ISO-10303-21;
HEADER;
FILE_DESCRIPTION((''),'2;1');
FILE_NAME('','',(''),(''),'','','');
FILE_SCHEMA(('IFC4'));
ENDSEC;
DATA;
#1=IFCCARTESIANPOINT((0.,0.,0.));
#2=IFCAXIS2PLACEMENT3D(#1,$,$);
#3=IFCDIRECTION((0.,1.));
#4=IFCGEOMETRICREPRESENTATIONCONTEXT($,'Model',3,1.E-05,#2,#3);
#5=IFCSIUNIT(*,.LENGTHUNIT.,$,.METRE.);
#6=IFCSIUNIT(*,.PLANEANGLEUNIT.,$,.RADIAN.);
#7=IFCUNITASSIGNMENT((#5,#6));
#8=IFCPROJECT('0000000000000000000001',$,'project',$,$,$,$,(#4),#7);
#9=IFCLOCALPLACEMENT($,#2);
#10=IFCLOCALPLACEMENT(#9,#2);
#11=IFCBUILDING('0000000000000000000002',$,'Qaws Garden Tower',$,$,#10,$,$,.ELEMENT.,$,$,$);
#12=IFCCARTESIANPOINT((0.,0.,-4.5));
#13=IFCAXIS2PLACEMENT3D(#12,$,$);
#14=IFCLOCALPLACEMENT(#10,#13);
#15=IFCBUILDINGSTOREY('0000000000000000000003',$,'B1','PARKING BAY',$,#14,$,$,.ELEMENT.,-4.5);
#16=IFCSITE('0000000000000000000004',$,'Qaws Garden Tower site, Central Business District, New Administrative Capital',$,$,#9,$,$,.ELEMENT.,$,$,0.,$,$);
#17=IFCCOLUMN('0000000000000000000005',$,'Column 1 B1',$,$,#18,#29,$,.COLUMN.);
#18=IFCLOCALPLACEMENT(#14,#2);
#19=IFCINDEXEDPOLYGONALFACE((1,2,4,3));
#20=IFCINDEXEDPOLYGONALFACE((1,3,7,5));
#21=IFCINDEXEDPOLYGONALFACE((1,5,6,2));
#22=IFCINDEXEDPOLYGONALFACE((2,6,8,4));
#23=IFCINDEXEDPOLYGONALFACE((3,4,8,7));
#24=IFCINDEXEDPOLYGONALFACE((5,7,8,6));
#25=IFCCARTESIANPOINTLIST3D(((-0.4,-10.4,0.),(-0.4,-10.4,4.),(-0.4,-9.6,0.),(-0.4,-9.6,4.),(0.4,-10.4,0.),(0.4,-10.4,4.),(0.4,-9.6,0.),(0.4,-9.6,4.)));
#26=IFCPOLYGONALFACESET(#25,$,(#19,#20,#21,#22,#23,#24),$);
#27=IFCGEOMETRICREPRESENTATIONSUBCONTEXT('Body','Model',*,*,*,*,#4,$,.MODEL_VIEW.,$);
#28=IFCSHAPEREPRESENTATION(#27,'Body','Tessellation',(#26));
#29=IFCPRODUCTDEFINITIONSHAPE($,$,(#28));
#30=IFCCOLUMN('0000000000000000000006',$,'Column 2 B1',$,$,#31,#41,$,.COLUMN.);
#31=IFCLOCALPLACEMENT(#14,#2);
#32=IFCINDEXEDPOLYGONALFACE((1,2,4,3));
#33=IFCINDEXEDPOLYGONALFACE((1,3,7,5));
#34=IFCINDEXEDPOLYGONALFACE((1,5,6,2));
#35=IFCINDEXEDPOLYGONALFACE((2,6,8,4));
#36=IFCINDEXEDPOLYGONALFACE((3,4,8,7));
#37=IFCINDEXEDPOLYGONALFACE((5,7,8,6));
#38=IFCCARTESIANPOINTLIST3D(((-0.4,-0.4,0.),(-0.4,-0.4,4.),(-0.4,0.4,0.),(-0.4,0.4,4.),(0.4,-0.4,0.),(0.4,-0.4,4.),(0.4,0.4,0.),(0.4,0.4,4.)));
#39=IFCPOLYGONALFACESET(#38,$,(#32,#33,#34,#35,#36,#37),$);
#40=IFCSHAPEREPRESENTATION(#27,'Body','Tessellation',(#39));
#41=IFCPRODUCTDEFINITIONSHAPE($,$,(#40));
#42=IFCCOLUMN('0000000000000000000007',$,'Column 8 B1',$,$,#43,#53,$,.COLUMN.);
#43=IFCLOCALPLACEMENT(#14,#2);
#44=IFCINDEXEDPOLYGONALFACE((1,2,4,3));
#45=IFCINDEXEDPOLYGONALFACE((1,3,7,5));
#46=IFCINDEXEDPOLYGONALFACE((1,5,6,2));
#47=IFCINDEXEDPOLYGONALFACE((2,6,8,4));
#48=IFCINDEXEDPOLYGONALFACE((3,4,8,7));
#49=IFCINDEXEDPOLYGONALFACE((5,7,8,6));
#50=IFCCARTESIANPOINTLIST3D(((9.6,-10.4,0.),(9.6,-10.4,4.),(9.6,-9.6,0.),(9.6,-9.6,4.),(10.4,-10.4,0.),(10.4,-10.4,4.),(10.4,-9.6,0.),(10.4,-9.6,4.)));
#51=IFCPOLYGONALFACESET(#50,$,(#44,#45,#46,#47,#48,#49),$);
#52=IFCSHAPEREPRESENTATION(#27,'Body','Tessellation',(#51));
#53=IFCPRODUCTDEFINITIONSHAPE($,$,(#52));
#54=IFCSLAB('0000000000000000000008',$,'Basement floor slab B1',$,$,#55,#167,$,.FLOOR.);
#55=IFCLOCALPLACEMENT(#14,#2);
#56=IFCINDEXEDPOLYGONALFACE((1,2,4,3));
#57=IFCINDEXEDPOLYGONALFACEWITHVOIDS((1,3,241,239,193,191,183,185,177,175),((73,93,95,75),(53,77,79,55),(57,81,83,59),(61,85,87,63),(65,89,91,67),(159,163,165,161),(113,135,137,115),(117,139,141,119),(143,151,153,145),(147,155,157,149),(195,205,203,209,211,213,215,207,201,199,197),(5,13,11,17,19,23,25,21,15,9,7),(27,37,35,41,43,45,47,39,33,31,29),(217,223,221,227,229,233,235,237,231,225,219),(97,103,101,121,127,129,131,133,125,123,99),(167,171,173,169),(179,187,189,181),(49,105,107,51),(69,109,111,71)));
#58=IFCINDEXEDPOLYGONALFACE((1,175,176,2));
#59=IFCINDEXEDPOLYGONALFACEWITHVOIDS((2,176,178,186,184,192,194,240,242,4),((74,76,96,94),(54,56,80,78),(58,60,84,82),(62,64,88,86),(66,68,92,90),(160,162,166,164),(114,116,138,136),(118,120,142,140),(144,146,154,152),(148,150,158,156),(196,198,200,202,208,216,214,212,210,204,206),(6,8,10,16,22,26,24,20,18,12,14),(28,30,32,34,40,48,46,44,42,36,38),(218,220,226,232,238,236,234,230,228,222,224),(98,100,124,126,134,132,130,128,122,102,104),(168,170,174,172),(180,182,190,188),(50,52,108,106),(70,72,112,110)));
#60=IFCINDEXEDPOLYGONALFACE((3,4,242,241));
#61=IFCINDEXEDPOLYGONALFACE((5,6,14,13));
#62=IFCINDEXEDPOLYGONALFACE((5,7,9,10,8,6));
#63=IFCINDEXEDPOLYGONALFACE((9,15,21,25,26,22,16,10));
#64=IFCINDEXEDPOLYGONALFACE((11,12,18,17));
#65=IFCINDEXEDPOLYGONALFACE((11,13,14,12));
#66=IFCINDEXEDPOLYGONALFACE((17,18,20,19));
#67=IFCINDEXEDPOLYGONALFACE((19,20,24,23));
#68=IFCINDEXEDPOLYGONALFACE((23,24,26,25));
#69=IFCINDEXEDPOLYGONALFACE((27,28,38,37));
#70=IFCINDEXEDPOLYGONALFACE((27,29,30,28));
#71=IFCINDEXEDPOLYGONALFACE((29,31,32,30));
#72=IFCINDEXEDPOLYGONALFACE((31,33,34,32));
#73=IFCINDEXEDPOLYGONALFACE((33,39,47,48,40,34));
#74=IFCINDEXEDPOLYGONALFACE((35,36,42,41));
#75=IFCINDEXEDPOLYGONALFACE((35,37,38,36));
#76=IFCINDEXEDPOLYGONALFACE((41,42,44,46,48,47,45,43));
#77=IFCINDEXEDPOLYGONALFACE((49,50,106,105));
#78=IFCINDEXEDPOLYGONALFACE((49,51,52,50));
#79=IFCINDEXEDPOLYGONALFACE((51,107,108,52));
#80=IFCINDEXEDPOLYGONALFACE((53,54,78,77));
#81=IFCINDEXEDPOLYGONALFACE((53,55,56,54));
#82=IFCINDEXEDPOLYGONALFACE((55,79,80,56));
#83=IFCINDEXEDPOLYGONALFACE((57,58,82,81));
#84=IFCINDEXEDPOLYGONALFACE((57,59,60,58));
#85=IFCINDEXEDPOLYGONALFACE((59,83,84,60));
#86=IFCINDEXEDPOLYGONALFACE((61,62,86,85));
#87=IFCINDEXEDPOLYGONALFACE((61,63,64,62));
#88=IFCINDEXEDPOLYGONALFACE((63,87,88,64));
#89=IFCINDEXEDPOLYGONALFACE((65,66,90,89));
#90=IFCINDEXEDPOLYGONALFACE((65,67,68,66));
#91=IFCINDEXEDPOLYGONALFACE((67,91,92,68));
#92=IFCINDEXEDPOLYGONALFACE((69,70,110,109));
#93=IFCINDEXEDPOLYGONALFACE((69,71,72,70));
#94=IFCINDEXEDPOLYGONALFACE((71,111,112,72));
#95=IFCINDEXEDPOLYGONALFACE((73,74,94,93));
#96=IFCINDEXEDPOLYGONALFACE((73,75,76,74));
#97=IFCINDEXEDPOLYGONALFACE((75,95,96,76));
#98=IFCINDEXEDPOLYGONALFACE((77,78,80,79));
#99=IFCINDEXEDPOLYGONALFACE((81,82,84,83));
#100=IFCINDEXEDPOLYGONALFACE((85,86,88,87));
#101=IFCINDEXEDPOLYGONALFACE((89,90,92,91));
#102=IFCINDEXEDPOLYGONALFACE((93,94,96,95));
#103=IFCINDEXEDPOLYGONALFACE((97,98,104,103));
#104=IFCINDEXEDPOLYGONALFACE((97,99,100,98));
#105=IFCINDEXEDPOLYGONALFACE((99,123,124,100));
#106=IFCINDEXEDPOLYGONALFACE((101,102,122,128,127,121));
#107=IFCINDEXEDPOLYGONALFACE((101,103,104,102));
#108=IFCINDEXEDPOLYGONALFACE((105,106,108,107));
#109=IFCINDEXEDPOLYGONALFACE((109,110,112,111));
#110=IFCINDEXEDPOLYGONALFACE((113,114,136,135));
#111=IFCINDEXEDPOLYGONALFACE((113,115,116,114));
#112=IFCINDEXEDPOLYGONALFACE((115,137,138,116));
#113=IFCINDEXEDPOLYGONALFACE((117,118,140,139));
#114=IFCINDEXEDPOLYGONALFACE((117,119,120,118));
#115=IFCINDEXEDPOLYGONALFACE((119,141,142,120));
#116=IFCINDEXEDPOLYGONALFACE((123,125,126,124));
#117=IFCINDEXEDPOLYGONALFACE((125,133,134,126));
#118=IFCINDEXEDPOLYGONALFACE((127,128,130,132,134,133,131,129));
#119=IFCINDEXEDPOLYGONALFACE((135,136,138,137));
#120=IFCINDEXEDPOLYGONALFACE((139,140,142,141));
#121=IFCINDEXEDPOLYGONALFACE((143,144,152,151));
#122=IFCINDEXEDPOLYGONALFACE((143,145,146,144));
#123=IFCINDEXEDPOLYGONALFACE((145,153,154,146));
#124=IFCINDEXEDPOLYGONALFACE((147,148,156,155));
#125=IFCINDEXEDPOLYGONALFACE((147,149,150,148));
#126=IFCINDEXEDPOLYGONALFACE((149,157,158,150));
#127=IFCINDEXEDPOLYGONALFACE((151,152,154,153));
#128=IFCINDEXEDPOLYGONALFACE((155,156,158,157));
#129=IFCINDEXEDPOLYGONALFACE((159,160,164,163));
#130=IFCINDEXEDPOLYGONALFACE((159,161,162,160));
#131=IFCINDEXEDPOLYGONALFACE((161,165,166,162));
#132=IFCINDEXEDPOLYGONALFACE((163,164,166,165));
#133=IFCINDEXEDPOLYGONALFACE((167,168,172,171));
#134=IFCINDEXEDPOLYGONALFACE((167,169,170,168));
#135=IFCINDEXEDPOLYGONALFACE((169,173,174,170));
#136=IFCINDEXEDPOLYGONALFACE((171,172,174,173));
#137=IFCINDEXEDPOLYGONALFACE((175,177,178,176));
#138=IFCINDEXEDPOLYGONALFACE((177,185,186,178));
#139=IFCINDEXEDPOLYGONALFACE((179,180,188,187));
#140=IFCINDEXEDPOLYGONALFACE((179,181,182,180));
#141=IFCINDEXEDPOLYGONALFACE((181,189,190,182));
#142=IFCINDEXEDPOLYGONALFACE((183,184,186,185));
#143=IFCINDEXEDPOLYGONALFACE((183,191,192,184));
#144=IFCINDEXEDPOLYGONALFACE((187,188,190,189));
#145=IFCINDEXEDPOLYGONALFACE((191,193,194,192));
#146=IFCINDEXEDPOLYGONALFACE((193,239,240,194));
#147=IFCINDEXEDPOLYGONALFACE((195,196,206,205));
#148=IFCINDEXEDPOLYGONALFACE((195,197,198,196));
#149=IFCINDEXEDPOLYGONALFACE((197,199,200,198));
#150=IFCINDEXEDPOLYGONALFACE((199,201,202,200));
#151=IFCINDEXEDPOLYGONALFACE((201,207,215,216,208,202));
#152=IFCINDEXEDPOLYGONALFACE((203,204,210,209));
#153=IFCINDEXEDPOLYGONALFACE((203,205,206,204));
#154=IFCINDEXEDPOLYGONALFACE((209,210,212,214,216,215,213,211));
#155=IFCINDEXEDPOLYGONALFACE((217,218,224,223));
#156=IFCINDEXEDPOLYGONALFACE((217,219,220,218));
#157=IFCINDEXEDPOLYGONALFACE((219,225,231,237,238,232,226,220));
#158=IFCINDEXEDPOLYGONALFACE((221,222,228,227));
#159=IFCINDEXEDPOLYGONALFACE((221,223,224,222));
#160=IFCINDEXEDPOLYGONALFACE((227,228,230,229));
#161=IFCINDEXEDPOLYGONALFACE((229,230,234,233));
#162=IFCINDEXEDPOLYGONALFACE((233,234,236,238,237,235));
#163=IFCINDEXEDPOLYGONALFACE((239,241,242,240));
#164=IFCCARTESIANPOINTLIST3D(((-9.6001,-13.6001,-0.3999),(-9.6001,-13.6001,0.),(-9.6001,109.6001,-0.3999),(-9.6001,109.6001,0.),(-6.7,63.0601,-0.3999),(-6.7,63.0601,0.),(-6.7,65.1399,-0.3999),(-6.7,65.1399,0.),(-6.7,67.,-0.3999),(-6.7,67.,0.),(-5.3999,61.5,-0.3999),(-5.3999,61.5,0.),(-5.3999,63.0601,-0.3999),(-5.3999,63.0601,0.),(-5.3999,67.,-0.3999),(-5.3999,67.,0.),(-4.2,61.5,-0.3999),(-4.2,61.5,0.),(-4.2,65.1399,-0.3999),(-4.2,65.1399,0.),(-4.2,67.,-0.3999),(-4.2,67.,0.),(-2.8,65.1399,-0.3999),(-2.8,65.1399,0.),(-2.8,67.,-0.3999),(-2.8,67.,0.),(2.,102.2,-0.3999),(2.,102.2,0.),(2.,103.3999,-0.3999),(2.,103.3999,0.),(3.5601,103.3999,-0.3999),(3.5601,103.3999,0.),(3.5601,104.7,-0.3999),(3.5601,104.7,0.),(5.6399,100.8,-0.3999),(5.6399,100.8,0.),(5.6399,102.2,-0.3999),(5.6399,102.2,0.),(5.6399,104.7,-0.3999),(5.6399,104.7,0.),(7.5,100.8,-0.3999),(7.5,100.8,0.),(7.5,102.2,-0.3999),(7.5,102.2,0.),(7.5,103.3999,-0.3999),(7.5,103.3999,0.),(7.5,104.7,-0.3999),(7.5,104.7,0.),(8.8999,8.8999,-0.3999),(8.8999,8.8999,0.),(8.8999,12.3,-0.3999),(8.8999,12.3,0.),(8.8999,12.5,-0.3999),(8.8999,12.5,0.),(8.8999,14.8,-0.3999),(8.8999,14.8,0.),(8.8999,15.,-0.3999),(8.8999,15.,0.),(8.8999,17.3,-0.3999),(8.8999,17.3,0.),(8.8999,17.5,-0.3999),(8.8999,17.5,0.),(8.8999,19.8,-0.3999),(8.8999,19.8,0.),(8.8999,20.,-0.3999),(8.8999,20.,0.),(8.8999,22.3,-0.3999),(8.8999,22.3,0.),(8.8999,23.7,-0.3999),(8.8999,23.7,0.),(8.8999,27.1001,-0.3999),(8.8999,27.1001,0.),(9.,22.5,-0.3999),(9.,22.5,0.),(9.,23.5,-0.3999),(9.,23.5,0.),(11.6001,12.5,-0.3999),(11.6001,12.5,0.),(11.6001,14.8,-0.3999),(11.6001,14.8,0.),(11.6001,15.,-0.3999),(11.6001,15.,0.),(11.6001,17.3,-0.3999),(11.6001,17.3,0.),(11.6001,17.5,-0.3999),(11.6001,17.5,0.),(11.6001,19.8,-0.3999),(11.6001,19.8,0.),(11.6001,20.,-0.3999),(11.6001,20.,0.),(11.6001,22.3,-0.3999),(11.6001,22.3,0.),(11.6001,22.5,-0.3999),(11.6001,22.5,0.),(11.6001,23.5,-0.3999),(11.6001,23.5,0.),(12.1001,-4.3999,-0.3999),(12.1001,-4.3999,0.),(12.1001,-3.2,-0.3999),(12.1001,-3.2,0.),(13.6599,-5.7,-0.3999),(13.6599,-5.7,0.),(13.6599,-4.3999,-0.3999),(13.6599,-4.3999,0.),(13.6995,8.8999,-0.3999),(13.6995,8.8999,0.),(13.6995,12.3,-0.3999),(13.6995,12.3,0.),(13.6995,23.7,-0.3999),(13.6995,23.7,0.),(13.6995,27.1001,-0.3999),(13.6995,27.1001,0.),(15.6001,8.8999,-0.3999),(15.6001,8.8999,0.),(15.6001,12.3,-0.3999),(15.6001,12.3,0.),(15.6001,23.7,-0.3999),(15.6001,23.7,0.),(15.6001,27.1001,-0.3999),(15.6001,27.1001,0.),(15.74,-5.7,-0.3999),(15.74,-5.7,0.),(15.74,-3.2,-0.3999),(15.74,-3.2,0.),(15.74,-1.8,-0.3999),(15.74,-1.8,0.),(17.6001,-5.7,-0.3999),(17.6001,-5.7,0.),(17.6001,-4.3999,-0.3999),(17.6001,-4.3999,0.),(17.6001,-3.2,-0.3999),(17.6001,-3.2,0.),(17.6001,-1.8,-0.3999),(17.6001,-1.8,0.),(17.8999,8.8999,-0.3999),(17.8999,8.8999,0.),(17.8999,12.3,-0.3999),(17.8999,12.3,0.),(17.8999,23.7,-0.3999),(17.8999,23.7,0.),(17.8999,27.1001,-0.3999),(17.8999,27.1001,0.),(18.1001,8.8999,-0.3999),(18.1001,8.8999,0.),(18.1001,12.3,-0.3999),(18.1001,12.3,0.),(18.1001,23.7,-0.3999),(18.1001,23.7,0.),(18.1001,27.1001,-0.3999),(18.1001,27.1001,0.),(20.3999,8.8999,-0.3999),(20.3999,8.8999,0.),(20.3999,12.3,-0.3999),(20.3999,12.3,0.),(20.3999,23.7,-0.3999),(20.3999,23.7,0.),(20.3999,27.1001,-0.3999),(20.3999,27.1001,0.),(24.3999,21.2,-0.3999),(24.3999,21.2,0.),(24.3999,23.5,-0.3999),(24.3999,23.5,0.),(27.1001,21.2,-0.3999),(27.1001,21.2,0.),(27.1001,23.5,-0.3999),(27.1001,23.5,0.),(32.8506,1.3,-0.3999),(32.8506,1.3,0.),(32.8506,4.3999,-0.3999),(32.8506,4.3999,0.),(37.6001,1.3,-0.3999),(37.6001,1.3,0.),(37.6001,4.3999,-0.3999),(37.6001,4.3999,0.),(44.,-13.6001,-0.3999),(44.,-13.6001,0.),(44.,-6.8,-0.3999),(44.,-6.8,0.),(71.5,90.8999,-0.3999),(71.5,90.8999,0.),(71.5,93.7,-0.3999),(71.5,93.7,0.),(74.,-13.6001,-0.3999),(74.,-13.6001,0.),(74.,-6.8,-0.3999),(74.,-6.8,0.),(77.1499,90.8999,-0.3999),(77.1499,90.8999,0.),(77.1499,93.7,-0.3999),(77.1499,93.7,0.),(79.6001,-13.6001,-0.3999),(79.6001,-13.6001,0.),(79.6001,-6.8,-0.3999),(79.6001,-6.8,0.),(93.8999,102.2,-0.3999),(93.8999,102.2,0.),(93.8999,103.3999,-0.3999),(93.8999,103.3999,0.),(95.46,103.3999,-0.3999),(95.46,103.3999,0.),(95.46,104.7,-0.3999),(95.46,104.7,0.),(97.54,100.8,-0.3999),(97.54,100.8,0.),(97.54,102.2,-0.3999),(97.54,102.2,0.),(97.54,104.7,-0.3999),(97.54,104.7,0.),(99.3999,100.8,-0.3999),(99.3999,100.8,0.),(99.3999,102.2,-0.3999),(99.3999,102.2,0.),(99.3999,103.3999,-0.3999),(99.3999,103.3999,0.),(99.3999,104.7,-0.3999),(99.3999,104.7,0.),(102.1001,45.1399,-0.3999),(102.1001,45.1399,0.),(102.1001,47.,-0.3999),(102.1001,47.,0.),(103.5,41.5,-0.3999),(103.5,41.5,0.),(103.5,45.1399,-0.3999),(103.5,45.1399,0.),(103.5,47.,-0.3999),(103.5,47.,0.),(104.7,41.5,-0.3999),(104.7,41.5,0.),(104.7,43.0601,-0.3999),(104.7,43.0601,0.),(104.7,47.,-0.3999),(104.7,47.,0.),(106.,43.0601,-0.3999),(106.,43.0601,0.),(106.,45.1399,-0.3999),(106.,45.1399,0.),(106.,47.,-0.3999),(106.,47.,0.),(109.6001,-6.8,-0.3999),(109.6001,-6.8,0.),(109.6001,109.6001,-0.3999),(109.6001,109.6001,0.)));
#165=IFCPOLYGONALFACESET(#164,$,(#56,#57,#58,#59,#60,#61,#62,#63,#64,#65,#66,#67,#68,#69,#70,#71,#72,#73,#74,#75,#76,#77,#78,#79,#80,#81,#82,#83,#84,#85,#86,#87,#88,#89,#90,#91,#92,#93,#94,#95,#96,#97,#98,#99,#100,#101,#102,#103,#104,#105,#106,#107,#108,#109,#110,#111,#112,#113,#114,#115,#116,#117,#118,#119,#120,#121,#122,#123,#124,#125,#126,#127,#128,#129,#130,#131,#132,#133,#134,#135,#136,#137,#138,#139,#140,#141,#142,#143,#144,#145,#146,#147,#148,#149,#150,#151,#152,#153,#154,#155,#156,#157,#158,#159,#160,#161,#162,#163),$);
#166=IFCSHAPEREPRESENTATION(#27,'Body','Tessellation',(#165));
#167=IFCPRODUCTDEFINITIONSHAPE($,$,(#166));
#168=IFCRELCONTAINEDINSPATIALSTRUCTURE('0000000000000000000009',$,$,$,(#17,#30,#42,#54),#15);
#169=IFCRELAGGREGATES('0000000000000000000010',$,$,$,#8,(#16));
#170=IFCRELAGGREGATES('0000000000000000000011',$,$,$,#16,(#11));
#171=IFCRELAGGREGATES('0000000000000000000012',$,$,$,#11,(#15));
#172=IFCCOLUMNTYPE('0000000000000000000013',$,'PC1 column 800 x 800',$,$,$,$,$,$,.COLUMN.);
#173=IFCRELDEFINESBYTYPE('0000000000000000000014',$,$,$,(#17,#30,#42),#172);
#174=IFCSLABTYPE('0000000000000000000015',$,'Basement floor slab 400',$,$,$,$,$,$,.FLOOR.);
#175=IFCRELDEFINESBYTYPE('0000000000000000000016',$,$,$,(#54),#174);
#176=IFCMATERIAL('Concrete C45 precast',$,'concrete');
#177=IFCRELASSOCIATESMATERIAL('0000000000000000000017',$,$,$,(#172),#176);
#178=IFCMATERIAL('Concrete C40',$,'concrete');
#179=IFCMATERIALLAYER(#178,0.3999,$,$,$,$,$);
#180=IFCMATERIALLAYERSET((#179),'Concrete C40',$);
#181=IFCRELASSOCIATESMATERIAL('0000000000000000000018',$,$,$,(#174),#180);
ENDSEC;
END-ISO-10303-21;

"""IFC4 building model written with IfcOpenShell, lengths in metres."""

from ifc_helpers import new_model, si_unit, direction, frame, origin, origin_2d, place, context, subcontext, project, spatial, polyline, rectangle, outline, extrude, material, layer, layer_set, material_profile, profile_set, type_object, element, save


model = new_model("IFC4")

# Units and contexts
model_context = context("Model", 3, precision=1e-05, world=origin(), true_north=direction((0.0, 1.0)))
body_context = subcontext(model_context, "Body", "Model", "MODEL_VIEW")
ifc_project = project(units=[si_unit("LENGTHUNIT", "METRE"), si_unit("PLANEANGLEUNIT", "RADIAN")], contexts=[model_context])

# Site, building, storey
site_placement = place(None, origin())
site = spatial("IfcSite", under=ifc_project, at=site_placement, Name="Qaws Garden Tower site, Central Business District, New Administrative Capital", CompositionType="ELEMENT", RefElevation=0.0)
building_placement = place(site_placement, origin())
building = spatial("IfcBuilding", under=site, at=building_placement, Name="Qaws Garden Tower", CompositionType="ELEMENT")
storey_placement = place(building_placement, frame((0.0, 0.0, -4.5)))
storey = spatial("IfcBuildingStorey", under=building, at=storey_placement, Name="B1", Description="PARKING BAY", CompositionType="ELEMENT", Elevation=-4.5)

# Columns
ifc_material_1 = material(Name="Concrete C45 precast", Category="concrete")
ifc_material_profile = material_profile(ifc_material_1, rectangle(XDim=0.8, YDim=0.8, at=origin_2d()), Name="PC1 column 800 x 800")
ifc_profile_set = profile_set([ifc_material_profile], Name="Concrete C45 precast")
column_type = type_object("IfcColumnType", Name="PC1 column 800 x 800", PredefinedType="COLUMN", material=ifc_profile_set)
for number, where, z_axis, x_axis, name in (
    (1, (0.0, -10.0, 0.0), (0.0, 0.0, 1.0), (1.0, 0.0, 0.0), "Column 1 B1"),
    (2, (0.0, 0.0, 0.0), (0.0, 0.0, 1.0), (1.0, 0.0, 0.0), "Column 2 B1"),
    (3, (10.0, -10.0, 0.0), (0.0, 0.0, 1.0), (1.0, 0.0, 0.0), "Column 8 B1"),
):
    element("IfcColumn", number, at=place(storey_placement, frame(where, z_axis=z_axis, x_axis=x_axis)), inside=storey, type_object=column_type, Name=name, PredefinedType="COLUMN", context=body_context, shape_type="SweptSolid", body=[
        extrude(rectangle(XDim=0.8, YDim=0.8, at=origin_2d()), origin(), (0.0, 0.0, 1.0), 4.0),
    ])

# Slab
ifc_material_2 = material(Name="Concrete C40", Category="concrete")
ifc_layer_1 = layer(ifc_material_2, 0.3999)
ifc_layer_set_1 = layer_set([ifc_layer_1], Name="Concrete C40")
slab_type_1 = type_object("IfcSlabType", Name="Basement floor slab 400", PredefinedType="FLOOR", material=ifc_layer_set_1)
slab_1_placement = place(storey_placement, frame((0.0, 0.0, -0.3999)))
element("IfcSlab", 4, at=slab_1_placement, inside=storey, type_object=slab_type_1, Name="Basement floor slab B1", PredefinedType="FLOOR", context=body_context, shape_type="SweptSolid", body=[
    extrude(outline(polyline([(-9.6001, -13.6001), (44.0, -13.6001), (44.0, -6.8), (74.0, -6.8), (74.0, -13.6001), (79.6001, -13.6001), (79.6001, -6.8), (109.6001, -6.8), (109.6001, 109.6001), (-9.6001, 109.6001), (-9.6001, -13.6001)]), holes=[polyline([(13.6599, -4.3999), (13.6599, -5.7), (15.74, -5.7), (17.6001, -5.7), (17.6001, -4.3999), (17.6001, -3.2), (17.6001, -1.8), (15.74, -1.8), (15.74, -3.2), (12.1001, -3.2), (12.1001, -4.3999), (13.6599, -4.3999)]), polyline([(13.6995, 12.3), (8.8999, 12.3), (8.8999, 8.8999), (13.6995, 8.8999), (13.6995, 12.3)]), polyline([(17.8999, 12.3), (15.6001, 12.3), (15.6001, 8.8999), (17.8999, 8.8999), (17.8999, 12.3)]), polyline([(11.6001, 12.5), (11.6001, 14.8), (8.8999, 14.8), (8.8999, 12.5), (11.6001, 12.5)]), polyline([(11.6001, 15.0), (11.6001, 17.3), (8.8999, 17.3), (8.8999, 15.0), (11.6001, 15.0)]), polyline([(11.6001, 19.8), (8.8999, 19.8), (8.8999, 17.5), (11.6001, 17.5), (11.6001, 19.8)]), polyline([(11.6001, 22.3), (8.8999, 22.3), (8.8999, 20.0), (11.6001, 20.0), (11.6001, 22.3)]), polyline([(11.6001, 23.5), (9.0, 23.5), (9.0, 22.5), (11.6001, 22.5), (11.6001, 23.5)]), polyline([(13.6995, 23.7), (13.6995, 27.1001), (8.8999, 27.1001), (8.8999, 23.7), (13.6995, 23.7)]), polyline([(-6.7, 65.1399), (-6.7, 63.0601), (-5.3999, 63.0601), (-5.3999, 61.5), (-4.2, 61.5), (-4.2, 65.1399), (-2.8, 65.1399), (-2.8, 67.0), (-4.2, 67.0), (-5.3999, 67.0), (-6.7, 67.0), (-6.7, 65.1399)]), polyline([(2.0, 102.2), (5.6399, 102.2), (5.6399, 100.8), (7.5, 100.8), (7.5, 102.2), (7.5, 103.3999), (7.5, 104.7), (5.6399, 104.7), (3.5601, 104.7), (3.5601, 103.3999), (2.0, 103.3999), (2.0, 102.2)]), polyline([(37.6001, 1.3), (37.6001, 4.3999), (32.8506, 4.3999), (32.8506, 1.3), (37.6001, 1.3)]), polyline([(20.3999, 8.8999), (20.3999, 12.3), (18.1001, 12.3), (18.1001, 8.8999), (20.3999, 8.8999)]), polyline([(27.1001, 23.5), (24.3999, 23.5), (24.3999, 21.2), (27.1001, 21.2), (27.1001, 23.5)]), polyline([(17.8999, 23.7), (17.8999, 27.1001), (15.6001, 27.1001), (15.6001, 23.7), (17.8999, 23.7)]), polyline([(20.3999, 23.7), (20.3999, 27.1001), (18.1001, 27.1001), (18.1001, 23.7), (20.3999, 23.7)]), polyline([(103.5, 47.0), (102.1001, 47.0), (102.1001, 45.1399), (103.5, 45.1399), (103.5, 41.5), (104.7, 41.5), (104.7, 43.0601), (106.0, 43.0601), (106.0, 45.1399), (106.0, 47.0), (104.7, 47.0), (103.5, 47.0)]), polyline([(77.1499, 90.8999), (77.1499, 93.7), (71.5, 93.7), (71.5, 90.8999), (77.1499, 90.8999)]), polyline([(93.8999, 103.3999), (93.8999, 102.2), (97.54, 102.2), (97.54, 100.8), (99.3999, 100.8), (99.3999, 102.2), (99.3999, 103.3999), (99.3999, 104.7), (97.54, 104.7), (95.46, 104.7), (95.46, 103.3999), (93.8999, 103.3999)])]), origin(), (0.0, 0.0, 1.0), 0.3999),
])

save(model, "model.ifc")
